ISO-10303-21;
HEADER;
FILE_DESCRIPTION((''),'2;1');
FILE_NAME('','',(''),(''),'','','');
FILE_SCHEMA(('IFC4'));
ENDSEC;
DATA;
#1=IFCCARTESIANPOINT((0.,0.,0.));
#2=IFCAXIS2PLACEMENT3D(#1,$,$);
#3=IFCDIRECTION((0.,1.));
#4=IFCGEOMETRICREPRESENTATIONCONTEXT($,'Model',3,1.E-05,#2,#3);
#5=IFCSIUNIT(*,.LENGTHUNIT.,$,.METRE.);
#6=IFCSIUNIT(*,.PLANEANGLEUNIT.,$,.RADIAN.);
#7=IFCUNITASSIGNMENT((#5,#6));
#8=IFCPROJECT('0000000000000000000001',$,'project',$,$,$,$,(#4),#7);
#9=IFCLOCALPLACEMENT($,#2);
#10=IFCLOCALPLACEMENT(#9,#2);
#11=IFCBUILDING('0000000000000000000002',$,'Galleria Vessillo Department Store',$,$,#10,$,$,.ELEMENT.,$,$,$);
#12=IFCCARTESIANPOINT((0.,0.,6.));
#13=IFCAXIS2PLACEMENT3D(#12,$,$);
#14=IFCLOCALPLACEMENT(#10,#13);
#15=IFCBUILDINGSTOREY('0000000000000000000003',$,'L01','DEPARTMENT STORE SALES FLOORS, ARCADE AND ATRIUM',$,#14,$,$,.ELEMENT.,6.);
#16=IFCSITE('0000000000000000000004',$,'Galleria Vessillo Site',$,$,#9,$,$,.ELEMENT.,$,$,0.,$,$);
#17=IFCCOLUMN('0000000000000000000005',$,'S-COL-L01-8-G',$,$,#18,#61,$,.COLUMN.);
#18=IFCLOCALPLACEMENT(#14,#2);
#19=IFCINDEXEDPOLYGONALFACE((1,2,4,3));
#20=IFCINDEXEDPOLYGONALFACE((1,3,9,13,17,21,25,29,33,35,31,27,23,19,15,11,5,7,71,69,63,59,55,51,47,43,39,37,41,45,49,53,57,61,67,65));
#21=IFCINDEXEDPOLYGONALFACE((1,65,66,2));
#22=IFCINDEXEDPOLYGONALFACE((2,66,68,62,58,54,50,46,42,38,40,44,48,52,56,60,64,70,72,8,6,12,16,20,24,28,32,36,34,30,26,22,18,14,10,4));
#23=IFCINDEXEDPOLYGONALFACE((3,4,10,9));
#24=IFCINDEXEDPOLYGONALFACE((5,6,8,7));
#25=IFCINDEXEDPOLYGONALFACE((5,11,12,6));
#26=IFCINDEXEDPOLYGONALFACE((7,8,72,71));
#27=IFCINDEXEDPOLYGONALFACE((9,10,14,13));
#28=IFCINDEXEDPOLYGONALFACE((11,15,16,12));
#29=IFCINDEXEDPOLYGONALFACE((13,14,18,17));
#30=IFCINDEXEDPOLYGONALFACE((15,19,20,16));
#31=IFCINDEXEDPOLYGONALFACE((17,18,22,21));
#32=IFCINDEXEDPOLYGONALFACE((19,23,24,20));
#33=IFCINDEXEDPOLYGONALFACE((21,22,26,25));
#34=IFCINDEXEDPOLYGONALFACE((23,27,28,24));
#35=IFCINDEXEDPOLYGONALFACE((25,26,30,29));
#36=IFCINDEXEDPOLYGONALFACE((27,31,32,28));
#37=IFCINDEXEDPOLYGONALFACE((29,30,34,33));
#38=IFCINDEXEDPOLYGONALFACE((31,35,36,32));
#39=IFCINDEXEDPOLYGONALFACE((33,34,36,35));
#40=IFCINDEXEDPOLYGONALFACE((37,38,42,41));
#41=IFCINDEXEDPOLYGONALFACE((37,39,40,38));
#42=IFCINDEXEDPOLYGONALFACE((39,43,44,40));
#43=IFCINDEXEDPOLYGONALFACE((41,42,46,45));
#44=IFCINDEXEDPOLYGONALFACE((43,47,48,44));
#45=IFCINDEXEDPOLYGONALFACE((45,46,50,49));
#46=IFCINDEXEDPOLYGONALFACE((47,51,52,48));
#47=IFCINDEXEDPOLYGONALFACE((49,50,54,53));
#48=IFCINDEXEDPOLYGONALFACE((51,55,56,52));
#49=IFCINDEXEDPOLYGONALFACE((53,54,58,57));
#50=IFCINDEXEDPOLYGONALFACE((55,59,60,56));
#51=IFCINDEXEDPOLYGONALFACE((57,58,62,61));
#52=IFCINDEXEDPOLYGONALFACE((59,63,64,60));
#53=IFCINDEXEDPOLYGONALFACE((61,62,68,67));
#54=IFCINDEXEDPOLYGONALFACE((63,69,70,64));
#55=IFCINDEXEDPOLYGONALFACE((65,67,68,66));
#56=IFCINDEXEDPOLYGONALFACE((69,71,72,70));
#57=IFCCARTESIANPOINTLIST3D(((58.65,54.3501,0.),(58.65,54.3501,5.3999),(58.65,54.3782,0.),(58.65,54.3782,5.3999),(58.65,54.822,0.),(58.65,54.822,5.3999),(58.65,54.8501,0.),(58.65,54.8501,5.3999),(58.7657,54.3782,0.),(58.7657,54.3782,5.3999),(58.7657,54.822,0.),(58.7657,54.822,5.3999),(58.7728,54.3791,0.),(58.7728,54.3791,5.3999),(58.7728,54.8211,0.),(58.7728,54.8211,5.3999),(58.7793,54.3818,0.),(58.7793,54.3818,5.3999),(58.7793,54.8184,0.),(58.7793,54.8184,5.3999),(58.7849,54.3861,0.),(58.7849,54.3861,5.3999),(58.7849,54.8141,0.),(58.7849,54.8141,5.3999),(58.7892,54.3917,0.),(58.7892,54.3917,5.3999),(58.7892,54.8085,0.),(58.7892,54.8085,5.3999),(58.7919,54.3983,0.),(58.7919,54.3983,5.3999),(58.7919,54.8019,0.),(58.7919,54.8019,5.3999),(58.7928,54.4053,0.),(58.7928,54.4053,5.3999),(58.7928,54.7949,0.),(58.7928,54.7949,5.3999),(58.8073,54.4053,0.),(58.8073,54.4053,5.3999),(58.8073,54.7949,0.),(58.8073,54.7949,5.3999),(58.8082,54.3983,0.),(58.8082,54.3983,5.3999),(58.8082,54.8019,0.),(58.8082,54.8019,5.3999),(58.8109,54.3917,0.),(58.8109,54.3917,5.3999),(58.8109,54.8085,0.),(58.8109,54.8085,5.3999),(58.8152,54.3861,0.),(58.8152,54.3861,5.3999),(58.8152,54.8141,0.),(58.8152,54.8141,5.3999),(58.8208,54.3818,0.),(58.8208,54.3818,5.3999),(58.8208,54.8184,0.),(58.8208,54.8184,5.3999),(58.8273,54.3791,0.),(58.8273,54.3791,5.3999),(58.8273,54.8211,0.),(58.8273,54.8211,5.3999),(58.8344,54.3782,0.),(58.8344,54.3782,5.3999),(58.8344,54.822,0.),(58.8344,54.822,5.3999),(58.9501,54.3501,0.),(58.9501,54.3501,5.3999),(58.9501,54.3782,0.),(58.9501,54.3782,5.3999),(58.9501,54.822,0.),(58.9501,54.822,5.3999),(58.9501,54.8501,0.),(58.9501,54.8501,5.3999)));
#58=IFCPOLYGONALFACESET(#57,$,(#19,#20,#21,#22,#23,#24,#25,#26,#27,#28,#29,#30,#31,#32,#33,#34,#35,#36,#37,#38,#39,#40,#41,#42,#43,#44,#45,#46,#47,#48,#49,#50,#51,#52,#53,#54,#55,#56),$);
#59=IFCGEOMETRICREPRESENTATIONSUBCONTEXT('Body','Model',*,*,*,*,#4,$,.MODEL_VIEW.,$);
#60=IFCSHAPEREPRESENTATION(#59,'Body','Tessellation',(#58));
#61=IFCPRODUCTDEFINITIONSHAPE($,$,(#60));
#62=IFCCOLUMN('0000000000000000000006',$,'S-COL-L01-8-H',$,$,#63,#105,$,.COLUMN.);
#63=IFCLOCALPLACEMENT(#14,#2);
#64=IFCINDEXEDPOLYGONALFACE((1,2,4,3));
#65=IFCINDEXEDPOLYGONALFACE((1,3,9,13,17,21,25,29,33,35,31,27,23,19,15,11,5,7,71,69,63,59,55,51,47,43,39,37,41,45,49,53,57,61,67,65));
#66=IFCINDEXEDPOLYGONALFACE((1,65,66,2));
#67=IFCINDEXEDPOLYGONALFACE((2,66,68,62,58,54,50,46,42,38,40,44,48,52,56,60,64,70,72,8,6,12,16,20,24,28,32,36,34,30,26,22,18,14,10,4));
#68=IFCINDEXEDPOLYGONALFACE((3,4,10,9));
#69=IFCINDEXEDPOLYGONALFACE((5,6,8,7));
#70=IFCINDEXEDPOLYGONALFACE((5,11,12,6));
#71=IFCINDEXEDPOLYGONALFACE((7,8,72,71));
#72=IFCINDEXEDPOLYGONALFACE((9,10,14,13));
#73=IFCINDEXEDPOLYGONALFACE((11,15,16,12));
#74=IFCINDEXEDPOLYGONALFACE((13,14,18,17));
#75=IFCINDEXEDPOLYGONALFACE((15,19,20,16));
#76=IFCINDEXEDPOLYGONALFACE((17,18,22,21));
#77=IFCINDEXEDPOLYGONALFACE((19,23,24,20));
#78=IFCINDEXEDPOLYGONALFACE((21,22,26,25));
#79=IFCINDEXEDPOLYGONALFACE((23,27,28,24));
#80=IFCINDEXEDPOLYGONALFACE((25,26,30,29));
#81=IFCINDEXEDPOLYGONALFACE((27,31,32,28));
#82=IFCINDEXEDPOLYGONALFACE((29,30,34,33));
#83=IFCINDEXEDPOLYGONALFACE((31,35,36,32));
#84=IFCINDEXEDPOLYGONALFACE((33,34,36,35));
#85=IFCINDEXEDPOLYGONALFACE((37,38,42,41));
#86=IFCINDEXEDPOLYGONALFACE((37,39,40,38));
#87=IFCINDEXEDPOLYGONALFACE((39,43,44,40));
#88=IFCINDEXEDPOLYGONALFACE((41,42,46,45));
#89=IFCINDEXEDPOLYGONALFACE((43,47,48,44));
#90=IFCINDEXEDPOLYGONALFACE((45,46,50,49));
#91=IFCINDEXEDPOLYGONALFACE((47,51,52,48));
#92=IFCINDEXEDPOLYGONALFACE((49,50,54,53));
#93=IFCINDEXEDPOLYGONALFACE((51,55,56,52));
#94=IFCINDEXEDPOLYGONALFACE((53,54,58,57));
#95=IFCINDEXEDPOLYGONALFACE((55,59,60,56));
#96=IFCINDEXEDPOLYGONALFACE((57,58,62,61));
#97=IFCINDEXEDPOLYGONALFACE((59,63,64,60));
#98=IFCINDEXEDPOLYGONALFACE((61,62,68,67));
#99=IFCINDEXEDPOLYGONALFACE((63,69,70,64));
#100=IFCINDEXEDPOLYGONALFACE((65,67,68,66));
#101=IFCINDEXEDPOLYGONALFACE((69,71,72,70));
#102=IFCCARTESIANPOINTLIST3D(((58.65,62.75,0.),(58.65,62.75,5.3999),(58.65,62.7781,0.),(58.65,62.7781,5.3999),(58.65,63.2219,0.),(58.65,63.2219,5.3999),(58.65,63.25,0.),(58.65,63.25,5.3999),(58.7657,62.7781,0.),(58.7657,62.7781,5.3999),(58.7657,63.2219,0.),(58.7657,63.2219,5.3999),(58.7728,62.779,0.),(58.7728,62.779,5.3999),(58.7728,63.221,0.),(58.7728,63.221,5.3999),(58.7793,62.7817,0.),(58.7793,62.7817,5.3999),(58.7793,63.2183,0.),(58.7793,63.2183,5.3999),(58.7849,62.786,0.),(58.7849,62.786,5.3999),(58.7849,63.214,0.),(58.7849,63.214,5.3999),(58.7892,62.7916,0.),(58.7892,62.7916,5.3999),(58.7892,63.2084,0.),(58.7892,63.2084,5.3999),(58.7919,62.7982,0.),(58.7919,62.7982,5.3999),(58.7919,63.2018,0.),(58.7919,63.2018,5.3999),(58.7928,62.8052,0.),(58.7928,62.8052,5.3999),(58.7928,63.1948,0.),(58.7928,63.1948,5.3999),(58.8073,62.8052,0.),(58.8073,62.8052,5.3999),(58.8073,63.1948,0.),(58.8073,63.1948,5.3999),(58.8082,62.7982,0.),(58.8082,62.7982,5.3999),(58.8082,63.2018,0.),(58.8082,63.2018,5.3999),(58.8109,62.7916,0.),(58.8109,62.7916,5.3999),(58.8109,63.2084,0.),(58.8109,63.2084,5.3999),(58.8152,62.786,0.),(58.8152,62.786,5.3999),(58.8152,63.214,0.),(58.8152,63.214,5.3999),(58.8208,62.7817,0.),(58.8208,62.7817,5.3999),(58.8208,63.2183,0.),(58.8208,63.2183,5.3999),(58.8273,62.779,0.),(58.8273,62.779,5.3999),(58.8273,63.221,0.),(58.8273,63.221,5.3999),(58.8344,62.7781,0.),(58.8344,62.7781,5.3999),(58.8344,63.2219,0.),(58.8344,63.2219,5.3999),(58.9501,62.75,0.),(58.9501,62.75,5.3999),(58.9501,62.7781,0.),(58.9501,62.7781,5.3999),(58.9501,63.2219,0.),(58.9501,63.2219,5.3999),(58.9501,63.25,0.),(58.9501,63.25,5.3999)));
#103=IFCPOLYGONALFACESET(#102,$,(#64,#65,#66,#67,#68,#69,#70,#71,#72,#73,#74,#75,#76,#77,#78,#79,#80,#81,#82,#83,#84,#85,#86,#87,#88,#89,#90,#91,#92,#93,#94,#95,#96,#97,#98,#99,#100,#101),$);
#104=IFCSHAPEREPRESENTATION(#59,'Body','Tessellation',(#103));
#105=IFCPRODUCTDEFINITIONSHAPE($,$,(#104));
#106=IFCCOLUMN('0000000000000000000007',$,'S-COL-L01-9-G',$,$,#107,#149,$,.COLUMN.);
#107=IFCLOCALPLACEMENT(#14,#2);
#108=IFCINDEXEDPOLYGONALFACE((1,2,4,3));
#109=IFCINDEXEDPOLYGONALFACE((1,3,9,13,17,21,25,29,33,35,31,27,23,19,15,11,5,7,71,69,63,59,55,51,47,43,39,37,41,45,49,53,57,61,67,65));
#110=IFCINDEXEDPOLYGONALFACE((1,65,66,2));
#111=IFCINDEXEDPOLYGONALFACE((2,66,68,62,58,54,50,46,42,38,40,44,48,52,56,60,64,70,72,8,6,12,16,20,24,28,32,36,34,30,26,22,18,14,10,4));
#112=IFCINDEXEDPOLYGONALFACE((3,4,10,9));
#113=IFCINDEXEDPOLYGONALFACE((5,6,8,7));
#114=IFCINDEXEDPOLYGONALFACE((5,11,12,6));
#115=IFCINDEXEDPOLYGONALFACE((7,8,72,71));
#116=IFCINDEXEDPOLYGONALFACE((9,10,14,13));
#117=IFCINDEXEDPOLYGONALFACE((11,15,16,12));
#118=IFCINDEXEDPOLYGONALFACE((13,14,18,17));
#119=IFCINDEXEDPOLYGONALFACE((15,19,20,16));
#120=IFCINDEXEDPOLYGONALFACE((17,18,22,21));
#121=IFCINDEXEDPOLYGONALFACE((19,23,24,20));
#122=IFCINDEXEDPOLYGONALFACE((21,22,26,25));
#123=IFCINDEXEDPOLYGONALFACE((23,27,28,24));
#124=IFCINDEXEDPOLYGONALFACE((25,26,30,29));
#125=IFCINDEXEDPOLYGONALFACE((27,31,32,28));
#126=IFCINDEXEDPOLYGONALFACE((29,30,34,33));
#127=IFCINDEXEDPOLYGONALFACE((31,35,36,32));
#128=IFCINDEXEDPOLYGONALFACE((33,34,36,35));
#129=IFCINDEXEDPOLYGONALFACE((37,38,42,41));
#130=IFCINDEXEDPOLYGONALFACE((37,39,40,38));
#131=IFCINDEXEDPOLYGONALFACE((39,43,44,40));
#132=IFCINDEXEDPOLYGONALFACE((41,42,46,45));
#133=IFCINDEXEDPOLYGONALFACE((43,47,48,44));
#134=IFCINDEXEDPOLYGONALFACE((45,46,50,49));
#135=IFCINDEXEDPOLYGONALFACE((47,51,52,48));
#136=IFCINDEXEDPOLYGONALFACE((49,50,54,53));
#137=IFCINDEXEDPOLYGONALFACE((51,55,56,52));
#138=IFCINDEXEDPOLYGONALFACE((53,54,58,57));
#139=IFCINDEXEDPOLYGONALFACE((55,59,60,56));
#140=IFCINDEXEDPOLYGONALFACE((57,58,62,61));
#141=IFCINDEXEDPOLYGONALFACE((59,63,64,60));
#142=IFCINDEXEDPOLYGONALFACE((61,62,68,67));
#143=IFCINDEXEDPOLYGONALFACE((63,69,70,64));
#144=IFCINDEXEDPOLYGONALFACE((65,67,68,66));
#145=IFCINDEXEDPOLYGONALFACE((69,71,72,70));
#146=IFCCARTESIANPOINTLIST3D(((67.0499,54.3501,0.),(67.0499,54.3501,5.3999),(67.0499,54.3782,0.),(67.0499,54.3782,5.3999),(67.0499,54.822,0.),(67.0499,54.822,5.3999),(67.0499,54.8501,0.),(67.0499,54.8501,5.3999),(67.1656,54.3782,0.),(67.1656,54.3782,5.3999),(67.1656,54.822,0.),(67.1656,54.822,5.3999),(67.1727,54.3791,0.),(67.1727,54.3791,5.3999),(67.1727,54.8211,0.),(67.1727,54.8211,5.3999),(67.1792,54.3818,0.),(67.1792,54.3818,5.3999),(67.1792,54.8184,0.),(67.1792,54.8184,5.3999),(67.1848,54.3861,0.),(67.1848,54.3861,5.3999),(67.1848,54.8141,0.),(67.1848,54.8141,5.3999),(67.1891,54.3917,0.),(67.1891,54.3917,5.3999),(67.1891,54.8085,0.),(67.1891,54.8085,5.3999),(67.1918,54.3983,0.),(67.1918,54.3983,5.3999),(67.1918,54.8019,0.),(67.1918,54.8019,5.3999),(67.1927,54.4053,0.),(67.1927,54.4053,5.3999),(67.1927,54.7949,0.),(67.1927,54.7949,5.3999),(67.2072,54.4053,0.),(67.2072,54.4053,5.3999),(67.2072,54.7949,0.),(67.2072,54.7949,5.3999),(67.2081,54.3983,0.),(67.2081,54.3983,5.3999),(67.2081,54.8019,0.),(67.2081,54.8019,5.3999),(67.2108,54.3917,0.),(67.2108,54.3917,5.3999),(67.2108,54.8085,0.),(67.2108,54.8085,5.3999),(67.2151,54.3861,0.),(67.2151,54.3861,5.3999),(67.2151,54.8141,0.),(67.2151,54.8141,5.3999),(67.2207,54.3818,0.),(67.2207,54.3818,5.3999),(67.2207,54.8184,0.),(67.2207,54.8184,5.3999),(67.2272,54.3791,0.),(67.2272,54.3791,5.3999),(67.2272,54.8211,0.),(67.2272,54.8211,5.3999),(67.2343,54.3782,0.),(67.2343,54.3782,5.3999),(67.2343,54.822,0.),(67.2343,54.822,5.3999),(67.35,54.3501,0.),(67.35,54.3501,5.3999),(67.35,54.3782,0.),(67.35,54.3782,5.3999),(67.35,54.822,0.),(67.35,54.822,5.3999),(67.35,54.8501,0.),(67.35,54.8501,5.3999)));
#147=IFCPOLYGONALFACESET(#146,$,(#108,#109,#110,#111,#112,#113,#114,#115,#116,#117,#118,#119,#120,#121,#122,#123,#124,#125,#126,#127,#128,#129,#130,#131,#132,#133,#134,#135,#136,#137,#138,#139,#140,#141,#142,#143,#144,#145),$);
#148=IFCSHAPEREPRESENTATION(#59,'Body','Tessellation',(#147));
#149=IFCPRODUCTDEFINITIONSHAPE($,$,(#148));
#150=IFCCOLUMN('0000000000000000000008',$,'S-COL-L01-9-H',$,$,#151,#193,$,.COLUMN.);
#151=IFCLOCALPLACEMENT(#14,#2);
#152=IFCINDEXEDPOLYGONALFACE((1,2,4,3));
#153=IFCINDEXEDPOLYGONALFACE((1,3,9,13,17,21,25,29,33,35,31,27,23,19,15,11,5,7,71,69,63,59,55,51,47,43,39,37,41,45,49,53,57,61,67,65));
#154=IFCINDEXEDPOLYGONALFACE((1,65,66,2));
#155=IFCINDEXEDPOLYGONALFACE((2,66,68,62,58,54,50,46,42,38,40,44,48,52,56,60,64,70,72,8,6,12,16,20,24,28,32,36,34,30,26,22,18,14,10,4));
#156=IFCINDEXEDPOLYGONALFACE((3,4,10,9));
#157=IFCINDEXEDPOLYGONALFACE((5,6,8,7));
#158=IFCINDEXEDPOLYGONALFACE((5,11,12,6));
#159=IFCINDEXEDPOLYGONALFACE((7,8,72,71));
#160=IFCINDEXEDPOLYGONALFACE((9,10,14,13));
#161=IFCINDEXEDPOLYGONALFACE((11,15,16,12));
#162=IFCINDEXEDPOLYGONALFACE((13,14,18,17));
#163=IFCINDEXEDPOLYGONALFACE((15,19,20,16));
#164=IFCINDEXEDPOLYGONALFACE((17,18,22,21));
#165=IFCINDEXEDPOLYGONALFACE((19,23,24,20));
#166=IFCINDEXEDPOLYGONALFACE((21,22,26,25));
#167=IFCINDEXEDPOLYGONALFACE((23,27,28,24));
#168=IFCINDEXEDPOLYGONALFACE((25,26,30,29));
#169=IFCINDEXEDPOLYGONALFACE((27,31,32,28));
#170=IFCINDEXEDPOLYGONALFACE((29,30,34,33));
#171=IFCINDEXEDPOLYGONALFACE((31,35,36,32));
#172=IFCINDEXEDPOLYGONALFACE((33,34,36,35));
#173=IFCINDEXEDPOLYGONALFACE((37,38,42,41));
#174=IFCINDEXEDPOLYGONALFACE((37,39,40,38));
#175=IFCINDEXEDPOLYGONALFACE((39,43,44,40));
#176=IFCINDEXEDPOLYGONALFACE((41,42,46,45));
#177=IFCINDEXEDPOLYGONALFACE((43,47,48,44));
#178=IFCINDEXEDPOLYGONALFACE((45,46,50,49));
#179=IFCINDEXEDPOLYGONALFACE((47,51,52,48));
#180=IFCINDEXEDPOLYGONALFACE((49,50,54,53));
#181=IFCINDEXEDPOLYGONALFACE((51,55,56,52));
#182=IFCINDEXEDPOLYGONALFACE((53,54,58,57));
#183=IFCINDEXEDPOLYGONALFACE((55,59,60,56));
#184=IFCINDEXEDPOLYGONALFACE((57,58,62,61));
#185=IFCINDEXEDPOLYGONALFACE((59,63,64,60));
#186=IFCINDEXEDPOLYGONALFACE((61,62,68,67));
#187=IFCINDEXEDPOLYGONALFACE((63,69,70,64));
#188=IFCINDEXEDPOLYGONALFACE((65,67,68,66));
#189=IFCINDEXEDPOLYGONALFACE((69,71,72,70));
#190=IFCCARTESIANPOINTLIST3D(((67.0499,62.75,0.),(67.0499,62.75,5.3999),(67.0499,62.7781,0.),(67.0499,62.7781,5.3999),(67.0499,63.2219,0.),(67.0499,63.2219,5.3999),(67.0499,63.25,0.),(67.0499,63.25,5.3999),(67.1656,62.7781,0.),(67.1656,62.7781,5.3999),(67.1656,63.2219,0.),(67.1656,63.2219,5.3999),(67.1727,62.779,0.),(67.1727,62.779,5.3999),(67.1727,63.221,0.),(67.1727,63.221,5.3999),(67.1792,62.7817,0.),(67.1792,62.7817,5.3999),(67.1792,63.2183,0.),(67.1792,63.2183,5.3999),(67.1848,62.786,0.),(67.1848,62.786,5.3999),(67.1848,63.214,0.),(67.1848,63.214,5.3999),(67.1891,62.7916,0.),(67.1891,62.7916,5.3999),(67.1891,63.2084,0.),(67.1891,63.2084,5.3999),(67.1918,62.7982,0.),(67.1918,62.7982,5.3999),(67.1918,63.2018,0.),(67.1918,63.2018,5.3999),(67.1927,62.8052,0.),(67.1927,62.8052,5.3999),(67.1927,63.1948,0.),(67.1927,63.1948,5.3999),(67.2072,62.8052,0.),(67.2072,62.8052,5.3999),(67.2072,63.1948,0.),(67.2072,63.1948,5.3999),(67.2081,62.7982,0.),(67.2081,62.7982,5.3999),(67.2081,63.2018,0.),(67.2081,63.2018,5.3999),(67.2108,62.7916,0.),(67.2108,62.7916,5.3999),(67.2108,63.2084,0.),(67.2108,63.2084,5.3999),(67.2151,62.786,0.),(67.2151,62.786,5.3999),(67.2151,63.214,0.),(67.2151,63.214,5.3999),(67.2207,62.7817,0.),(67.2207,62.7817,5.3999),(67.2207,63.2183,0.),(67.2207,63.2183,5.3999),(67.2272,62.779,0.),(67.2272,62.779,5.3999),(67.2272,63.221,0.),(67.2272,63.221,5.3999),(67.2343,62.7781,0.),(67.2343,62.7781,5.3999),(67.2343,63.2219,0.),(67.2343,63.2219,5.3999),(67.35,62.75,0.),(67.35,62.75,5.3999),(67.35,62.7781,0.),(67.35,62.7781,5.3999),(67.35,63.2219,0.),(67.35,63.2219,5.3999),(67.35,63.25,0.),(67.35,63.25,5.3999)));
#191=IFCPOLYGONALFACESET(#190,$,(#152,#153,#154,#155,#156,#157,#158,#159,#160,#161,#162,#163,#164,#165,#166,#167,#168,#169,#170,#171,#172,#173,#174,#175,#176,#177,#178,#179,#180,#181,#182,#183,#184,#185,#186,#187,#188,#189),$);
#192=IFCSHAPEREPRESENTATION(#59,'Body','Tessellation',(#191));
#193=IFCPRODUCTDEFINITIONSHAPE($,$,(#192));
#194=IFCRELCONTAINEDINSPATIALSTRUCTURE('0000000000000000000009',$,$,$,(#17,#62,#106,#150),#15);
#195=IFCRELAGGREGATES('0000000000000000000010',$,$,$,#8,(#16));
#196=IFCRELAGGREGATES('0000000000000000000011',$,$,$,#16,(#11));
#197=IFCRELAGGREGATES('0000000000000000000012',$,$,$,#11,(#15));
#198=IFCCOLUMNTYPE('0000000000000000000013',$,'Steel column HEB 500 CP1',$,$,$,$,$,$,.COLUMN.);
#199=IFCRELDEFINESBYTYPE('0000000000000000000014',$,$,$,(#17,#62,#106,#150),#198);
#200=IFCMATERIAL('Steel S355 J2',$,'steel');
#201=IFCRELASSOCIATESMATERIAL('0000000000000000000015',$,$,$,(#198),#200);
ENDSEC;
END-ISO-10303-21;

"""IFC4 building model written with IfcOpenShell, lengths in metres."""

from ifc_helpers import new_model, si_unit, direction, frame, origin, origin_2d, place, context, subcontext, project, spatial, i_section, extrude, material, material_profile, profile_set, type_object, element, save


model = new_model("IFC4")

# Units and contexts
model_context = context("Model", 3, precision=1e-05, world=origin(), true_north=direction((0.0, 1.0)))
body_context = subcontext(model_context, "Body", "Model", "MODEL_VIEW")
ifc_project = project(units=[si_unit("LENGTHUNIT", "METRE"), si_unit("PLANEANGLEUNIT", "RADIAN")], contexts=[model_context])

# Site, building, storey
site_placement = place(None, origin())
site = spatial("IfcSite", under=ifc_project, at=site_placement, Name="Galleria Vessillo Site", CompositionType="ELEMENT", RefElevation=0.0)
building_placement = place(site_placement, origin())
building = spatial("IfcBuilding", under=site, at=building_placement, Name="Galleria Vessillo Department Store", CompositionType="ELEMENT")
storey_placement = place(building_placement, frame((0.0, 0.0, 6.0)))
storey = spatial("IfcBuildingStorey", under=building, at=storey_placement, Name="L01", Description="DEPARTMENT STORE SALES FLOORS, ARCADE AND ATRIUM", CompositionType="ELEMENT", Elevation=6.0)

# Columns
ifc_material_1 = material(Name="Steel S355 J2", Category="steel")
ifc_material_profile_1 = material_profile(ifc_material_1, i_section(OverallWidth=0.3, OverallDepth=0.5, WebThickness=0.0144, FlangeThickness=0.0281, FilletRadius=0.0271, at=origin_2d()), Name="HEB 500")
ifc_profile_set_1 = profile_set([ifc_material_profile_1], Name="Steel S355 J2")
column_type = type_object("IfcColumnType", Name="Steel column HEB 500 CP1", PredefinedType="COLUMN", material=ifc_profile_set_1)
for number, where, z_axis, x_axis, name in (
    (1, (58.8, 54.6001, 0.0), (0.0, 0.0, 1.0), (1.0, 0.0, 0.0), "S-COL-L01-8-G"),
    (2, (58.8, 63.0, 0.0), (0.0, 0.0, 1.0), (1.0, 0.0, 0.0), "S-COL-L01-8-H"),
    (3, (67.2, 54.6001, 0.0), (0.0, 0.0, 1.0), (1.0, 0.0, 0.0), "S-COL-L01-9-G"),
    (4, (67.2, 63.0, 0.0), (0.0, 0.0, 1.0), (1.0, 0.0, 0.0), "S-COL-L01-9-H"),
):
    element("IfcColumn", number, at=place(storey_placement, frame(where, z_axis=z_axis, x_axis=x_axis)), inside=storey, type_object=column_type, Name=name, PredefinedType="COLUMN", context=body_context, shape_type="SweptSolid", body=[
        extrude(i_section(OverallWidth=0.3, OverallDepth=0.5, WebThickness=0.0144, FlangeThickness=0.0281, FilletRadius=0.0271, at=origin_2d()), origin(), (0.0, 0.0, 1.0), 5.3999),
    ])

save(model, "model.ifc")
